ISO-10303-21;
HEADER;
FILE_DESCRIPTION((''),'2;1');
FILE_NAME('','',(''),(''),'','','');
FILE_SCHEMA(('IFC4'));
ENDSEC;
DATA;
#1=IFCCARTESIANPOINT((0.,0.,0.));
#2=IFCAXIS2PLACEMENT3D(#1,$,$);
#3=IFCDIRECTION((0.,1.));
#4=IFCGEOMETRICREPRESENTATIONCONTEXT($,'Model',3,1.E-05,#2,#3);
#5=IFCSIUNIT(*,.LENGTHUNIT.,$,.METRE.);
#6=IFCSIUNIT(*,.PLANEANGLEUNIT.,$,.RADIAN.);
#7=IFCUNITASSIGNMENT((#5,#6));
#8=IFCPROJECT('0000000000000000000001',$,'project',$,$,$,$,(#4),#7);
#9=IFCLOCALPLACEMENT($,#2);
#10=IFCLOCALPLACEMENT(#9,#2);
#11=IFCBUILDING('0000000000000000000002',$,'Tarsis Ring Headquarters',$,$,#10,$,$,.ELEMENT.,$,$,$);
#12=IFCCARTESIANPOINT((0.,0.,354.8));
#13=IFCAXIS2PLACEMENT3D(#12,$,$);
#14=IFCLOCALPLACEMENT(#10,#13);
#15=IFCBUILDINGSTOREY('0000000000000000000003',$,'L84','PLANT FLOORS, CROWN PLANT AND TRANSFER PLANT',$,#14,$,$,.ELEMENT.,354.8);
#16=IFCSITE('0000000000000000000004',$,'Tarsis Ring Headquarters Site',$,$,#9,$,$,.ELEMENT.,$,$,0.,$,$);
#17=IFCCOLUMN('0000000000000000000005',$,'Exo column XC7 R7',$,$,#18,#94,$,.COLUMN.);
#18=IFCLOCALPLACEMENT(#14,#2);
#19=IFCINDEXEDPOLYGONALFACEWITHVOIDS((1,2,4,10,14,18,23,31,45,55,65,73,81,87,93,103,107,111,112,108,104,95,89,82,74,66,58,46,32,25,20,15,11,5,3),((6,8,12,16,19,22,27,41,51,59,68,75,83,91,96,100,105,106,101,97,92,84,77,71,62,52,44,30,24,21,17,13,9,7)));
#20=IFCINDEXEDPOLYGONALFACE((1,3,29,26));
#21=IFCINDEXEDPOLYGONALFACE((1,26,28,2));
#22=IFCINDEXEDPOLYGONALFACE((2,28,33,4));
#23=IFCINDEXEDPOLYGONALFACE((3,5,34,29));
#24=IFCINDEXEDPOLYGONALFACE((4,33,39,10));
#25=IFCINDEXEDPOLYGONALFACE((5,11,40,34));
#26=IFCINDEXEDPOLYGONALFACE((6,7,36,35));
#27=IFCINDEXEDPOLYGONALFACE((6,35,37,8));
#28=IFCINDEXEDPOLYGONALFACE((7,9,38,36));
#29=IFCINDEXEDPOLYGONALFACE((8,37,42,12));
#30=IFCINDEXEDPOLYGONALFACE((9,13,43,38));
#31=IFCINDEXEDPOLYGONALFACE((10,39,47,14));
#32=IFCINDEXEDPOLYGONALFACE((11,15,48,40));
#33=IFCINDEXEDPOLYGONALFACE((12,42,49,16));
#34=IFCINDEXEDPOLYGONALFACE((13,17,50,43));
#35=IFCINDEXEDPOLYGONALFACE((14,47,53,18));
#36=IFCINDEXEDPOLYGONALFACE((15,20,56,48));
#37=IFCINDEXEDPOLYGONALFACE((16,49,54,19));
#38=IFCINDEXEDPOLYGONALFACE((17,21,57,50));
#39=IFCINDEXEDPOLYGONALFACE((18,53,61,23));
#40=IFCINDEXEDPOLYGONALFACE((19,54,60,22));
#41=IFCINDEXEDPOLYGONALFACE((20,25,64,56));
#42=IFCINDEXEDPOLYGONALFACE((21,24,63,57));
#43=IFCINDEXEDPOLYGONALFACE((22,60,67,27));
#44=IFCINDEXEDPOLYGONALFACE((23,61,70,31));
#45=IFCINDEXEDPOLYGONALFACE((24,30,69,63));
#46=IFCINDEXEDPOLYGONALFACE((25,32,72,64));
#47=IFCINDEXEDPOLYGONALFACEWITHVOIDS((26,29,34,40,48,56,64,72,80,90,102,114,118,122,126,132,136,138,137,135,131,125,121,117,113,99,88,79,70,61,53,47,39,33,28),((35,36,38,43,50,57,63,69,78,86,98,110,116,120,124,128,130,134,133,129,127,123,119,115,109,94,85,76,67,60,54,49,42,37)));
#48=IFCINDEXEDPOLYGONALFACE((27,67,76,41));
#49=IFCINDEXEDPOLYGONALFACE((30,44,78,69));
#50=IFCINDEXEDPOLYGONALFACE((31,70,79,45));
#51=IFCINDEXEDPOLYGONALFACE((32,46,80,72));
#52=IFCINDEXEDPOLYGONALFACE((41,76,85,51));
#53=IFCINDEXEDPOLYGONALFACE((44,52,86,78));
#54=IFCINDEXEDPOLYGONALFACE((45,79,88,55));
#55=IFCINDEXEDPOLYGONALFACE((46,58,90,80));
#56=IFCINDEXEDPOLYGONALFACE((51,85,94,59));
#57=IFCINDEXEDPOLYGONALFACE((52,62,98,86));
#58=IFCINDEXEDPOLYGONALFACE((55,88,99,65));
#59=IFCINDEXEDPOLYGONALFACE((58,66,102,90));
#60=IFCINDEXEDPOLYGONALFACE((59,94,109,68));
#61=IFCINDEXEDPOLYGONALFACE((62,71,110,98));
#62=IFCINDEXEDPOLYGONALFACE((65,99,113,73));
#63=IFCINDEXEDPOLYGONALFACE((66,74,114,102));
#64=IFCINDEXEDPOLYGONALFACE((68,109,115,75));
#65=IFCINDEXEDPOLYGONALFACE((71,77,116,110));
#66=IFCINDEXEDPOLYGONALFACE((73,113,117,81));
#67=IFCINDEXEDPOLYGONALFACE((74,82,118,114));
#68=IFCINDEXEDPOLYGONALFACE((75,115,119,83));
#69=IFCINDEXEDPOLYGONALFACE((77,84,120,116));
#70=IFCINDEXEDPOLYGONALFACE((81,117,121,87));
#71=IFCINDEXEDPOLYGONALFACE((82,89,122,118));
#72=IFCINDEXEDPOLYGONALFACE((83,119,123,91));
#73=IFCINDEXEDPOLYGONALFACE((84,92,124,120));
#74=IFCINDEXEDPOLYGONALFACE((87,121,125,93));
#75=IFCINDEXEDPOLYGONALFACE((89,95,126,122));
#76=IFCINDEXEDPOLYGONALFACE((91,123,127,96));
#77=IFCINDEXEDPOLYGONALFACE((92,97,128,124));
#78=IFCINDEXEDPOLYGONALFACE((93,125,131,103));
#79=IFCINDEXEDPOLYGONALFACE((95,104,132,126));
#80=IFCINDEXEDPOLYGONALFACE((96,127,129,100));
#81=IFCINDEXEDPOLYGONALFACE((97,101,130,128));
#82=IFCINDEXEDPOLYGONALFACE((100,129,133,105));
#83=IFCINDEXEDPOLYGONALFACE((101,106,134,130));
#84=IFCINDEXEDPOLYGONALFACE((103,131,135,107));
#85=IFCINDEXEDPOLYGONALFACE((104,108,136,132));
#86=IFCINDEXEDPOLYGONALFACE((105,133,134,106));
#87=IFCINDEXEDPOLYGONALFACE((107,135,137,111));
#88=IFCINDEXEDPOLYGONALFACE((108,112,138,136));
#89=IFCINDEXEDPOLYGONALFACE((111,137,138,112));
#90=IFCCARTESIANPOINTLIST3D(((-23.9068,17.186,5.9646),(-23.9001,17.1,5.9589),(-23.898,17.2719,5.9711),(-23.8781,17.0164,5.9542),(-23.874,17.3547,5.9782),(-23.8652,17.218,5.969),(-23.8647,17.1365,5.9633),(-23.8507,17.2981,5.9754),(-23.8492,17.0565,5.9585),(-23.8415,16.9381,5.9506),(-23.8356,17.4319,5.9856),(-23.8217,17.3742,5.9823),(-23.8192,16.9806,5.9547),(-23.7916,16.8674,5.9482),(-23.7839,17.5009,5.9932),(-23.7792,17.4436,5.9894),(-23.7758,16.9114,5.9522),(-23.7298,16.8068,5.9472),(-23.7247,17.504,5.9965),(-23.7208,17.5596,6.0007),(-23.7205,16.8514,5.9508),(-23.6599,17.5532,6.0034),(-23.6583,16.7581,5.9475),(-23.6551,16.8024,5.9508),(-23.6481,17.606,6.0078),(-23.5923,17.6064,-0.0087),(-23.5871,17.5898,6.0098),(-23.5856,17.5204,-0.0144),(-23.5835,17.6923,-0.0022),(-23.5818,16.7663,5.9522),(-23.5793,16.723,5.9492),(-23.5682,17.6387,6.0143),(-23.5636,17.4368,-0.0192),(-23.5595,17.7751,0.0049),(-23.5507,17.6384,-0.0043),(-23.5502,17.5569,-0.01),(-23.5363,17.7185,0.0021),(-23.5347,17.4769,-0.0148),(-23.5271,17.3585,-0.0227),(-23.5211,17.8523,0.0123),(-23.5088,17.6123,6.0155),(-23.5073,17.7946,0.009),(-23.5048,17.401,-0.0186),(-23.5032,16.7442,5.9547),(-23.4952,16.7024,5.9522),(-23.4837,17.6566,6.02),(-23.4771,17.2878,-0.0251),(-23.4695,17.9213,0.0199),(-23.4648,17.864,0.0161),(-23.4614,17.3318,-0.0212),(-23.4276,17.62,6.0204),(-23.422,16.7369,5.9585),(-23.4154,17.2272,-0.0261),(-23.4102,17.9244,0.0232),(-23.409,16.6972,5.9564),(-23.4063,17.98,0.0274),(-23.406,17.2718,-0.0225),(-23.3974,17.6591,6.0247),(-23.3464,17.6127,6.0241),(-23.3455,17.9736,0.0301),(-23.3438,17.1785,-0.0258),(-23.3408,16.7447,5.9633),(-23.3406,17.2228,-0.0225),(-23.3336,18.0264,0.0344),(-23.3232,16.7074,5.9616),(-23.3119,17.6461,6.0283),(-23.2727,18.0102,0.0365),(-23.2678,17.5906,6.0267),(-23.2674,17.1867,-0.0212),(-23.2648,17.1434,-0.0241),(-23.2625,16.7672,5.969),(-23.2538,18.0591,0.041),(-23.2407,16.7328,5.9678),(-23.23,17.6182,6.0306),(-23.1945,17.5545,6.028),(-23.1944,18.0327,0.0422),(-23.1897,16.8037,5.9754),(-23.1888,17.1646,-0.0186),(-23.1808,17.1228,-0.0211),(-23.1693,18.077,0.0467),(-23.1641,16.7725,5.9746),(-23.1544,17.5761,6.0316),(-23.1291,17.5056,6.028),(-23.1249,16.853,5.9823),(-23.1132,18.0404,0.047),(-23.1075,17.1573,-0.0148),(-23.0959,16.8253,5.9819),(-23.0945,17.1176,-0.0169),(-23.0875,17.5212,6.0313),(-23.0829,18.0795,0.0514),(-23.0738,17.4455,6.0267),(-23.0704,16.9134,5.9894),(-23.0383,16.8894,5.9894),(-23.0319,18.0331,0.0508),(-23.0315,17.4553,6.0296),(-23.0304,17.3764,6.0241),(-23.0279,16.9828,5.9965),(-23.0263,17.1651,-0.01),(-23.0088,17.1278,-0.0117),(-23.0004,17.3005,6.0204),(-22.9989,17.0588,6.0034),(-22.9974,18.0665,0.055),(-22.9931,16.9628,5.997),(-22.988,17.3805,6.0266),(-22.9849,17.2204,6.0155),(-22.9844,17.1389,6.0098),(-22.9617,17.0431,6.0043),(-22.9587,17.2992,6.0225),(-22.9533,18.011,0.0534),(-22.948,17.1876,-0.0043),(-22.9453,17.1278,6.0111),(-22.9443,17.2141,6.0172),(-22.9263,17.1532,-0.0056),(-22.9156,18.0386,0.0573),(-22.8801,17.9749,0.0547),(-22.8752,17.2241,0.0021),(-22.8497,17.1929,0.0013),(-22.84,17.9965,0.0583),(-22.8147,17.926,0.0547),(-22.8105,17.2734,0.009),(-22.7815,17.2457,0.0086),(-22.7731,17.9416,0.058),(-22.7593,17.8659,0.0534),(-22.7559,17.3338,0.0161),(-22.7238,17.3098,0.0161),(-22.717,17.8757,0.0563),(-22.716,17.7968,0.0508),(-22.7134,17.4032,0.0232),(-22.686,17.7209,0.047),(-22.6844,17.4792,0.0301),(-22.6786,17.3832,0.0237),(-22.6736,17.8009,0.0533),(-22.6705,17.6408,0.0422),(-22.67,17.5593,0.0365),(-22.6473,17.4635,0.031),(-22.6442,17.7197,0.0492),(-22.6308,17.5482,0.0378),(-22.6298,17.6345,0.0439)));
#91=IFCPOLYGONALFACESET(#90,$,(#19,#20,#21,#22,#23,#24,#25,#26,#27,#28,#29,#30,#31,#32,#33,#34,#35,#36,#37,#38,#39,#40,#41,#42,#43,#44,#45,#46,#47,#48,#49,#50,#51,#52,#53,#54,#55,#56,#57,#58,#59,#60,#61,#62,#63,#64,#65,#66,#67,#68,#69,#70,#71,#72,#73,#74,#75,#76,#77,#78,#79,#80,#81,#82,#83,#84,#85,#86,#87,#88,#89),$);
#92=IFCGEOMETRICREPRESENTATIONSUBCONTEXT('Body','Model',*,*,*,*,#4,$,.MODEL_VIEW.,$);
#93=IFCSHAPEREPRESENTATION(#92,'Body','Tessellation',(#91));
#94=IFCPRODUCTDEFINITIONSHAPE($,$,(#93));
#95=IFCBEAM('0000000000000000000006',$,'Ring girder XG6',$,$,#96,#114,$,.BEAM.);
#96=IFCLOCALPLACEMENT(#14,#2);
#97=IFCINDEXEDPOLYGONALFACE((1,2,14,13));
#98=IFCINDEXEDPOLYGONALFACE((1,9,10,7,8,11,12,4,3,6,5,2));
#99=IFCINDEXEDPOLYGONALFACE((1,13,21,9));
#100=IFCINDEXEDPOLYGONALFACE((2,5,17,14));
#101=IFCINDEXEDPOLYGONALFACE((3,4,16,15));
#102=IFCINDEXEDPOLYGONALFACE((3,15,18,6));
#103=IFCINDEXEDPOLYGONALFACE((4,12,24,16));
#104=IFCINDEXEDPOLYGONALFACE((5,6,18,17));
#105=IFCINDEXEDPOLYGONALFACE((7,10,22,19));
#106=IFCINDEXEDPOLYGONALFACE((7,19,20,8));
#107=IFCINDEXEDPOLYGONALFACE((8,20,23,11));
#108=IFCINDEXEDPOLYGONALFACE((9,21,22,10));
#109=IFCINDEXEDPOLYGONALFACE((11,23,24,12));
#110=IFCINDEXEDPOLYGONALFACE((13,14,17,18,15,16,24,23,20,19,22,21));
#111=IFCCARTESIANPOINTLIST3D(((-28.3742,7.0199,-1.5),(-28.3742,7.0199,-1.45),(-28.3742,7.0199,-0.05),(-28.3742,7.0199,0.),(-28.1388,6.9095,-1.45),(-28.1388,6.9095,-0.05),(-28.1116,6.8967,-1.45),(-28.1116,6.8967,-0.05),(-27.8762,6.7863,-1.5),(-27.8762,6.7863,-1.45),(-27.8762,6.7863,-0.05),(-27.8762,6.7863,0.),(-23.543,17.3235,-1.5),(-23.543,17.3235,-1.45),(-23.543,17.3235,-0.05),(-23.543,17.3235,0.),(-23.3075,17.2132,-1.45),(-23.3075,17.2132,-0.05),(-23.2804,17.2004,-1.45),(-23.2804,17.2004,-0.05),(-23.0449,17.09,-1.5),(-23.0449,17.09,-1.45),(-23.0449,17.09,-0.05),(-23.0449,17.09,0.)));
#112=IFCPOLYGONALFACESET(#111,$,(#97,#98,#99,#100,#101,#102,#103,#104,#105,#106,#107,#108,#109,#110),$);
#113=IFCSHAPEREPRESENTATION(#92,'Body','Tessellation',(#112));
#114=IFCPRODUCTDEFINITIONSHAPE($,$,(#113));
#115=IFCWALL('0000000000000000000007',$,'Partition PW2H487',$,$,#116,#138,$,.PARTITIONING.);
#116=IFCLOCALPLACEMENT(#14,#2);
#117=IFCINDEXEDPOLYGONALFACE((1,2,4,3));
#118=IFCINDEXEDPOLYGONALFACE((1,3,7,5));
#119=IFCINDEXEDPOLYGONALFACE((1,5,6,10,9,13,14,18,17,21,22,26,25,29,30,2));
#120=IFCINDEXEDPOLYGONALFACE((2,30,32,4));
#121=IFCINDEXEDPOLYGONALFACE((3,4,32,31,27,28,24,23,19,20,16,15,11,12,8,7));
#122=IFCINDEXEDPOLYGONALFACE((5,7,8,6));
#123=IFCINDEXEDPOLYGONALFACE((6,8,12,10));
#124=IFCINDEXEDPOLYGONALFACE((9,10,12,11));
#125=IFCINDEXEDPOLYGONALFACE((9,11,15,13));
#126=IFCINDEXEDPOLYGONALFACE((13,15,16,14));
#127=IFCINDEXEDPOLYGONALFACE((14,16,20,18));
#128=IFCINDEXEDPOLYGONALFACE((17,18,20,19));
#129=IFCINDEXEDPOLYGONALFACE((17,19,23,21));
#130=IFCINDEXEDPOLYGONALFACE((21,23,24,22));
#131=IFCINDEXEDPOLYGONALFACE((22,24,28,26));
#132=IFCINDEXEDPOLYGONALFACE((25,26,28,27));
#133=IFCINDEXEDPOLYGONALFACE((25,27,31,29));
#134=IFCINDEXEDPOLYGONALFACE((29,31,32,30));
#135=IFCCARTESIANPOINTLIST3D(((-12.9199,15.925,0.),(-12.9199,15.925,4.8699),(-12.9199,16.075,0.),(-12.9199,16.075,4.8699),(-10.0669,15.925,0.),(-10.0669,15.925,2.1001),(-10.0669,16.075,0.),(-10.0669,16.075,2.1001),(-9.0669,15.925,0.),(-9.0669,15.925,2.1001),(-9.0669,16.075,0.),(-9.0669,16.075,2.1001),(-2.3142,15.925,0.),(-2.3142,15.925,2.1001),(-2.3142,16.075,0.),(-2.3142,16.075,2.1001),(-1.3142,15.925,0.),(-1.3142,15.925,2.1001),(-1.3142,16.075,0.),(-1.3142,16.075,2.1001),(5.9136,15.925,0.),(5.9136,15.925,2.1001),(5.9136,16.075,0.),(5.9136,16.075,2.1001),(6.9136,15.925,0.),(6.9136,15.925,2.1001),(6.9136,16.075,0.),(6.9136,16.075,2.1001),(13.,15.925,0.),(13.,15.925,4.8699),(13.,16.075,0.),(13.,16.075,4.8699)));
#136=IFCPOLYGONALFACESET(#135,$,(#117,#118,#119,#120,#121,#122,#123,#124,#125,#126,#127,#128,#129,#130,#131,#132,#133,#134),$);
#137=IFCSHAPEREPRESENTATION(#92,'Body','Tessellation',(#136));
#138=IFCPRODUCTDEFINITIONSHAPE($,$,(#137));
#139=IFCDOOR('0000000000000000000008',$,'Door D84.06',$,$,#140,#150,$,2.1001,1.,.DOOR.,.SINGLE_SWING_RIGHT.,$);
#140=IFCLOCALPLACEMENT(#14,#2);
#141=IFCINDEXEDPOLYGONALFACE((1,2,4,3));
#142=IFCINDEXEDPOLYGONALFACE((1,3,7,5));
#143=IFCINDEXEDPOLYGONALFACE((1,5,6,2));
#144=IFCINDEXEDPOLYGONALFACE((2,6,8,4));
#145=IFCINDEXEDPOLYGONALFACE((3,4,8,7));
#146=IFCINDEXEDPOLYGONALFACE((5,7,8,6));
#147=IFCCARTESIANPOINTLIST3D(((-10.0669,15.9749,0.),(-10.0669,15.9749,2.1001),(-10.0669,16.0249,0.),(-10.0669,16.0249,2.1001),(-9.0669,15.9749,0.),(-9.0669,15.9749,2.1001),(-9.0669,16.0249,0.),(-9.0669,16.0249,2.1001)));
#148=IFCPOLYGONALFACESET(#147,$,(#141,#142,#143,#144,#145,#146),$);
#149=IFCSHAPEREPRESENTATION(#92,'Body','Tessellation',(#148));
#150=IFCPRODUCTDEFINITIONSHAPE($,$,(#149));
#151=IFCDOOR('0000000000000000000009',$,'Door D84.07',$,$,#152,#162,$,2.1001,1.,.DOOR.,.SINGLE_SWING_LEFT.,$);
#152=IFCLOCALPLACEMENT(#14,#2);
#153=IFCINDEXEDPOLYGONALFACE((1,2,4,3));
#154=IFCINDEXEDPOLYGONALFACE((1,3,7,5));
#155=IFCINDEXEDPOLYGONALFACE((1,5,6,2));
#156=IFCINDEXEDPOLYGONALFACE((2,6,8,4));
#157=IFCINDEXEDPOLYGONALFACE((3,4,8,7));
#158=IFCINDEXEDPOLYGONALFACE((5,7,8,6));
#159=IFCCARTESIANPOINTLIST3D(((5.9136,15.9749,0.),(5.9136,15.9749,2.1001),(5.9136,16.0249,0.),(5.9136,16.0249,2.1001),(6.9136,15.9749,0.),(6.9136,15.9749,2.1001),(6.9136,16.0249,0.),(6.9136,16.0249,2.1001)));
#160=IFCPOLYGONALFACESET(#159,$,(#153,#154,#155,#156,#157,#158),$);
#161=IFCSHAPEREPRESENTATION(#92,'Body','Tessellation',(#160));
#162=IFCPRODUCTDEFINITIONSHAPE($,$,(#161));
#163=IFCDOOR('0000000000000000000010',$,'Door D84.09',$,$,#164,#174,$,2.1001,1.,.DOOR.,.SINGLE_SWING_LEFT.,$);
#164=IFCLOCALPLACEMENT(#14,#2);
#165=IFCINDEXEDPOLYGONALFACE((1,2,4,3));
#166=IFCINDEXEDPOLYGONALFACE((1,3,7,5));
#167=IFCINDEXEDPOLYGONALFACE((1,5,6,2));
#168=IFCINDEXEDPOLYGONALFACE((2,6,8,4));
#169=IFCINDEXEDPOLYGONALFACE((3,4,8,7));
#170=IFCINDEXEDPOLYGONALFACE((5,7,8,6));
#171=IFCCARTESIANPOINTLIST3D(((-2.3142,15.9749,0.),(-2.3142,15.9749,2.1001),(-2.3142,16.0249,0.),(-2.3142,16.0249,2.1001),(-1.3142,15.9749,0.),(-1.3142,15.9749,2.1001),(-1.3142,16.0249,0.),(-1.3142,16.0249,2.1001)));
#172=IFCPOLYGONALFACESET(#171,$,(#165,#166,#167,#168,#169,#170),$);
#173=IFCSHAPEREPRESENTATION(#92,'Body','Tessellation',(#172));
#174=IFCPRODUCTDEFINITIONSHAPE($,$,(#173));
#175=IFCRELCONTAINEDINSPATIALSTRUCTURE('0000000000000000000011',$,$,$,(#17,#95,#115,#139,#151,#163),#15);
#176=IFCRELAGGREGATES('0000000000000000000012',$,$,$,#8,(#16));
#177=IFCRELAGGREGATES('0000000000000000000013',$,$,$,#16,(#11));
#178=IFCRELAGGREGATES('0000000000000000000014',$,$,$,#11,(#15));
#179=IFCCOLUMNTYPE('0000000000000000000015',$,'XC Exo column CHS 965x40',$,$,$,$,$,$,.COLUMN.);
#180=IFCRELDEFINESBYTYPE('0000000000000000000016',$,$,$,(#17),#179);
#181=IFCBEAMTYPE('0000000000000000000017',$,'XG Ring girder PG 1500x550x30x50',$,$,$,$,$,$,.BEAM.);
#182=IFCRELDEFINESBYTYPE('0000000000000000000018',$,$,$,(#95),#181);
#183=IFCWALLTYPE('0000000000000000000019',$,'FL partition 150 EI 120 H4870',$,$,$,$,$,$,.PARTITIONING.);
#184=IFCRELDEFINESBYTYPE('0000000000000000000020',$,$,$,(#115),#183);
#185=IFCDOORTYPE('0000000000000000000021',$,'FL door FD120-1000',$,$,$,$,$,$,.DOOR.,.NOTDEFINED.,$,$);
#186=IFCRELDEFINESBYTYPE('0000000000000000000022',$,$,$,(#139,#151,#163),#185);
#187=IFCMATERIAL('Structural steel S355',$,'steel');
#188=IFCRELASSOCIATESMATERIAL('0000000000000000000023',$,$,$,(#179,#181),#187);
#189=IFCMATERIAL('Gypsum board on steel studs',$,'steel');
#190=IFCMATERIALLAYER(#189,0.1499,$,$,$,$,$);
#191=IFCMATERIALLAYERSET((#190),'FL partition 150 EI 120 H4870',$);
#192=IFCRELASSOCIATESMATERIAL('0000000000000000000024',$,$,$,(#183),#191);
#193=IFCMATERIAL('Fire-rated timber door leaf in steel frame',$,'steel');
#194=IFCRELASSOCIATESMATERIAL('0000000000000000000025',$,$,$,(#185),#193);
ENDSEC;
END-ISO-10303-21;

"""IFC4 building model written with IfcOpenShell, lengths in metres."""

from ifc_helpers import new_model, si_unit, direction, frame, frame_2d, origin, origin_2d, place, context, subcontext, project, spatial, rectangle, hollow_circle, i_section, extrude, material, layer, layer_set, material_profile, profile_set, type_object, element, fill, save


model = new_model("IFC4")

# Units and contexts
model_context = context("Model", 3, precision=1e-05, world=origin(), true_north=direction((0.0, 1.0)))
body_context = subcontext(model_context, "Body", "Model", "MODEL_VIEW")
ifc_project = project(units=[si_unit("LENGTHUNIT", "METRE"), si_unit("PLANEANGLEUNIT", "RADIAN")], contexts=[model_context])

# Site, building, storey
site_placement = place(None, origin())
site = spatial("IfcSite", under=ifc_project, at=site_placement, Name="Tarsis Ring Headquarters Site", CompositionType="ELEMENT", RefElevation=0.0)
building_placement = place(site_placement, origin())
building = spatial("IfcBuilding", under=site, at=building_placement, Name="Tarsis Ring Headquarters", CompositionType="ELEMENT")
storey_placement = place(building_placement, frame((0.0, 0.0, 354.8)))
storey = spatial("IfcBuildingStorey", under=building, at=storey_placement, Name="L84", Description="PLANT FLOORS, CROWN PLANT AND TRANSFER PLANT", CompositionType="ELEMENT", Elevation=354.8)

# Column
ifc_material_1 = material(Name="Structural steel S355", Category="steel")
ifc_material_profile_1 = material_profile(ifc_material_1, hollow_circle(Radius=0.4827, WallThickness=0.04, at=origin_2d()), Name="CHS 965x40")
ifc_profile_set_1 = profile_set([ifc_material_profile_1], Name="Structural steel S355")
column_type = type_object("IfcColumnType", Name="XC Exo column CHS 965x40", PredefinedType="COLUMN", material=ifc_profile_set_1)
column_placement = place(storey_placement, frame((-23.1104, 17.5989, 0.0161), z_axis=(-0.05244, -0.07011, 0.99616), x_axis=(0.800781, -0.598958, 0.0)))
element("IfcColumn", 1, at=column_placement, inside=storey, type_object=column_type, Name="Exo column XC7 R7", PredefinedType="COLUMN", context=body_context, shape_type="SweptSolid", body=[
    extrude(hollow_circle(Radius=0.4827, WallThickness=0.04, at=origin_2d()), origin(), (0.0, 0.0, 1.0), 5.9963),
])

# Beam
ifc_material_profile_2 = material_profile(ifc_material_1, i_section(OverallWidth=0.55, OverallDepth=1.5, WebThickness=0.03, FlangeThickness=0.05, at=origin_2d()), Name="PG 1500x550x30x50")
ifc_profile_set_2 = profile_set([ifc_material_profile_2], Name="Structural steel S355")
beam_type = type_object("IfcBeamType", Name="XG Ring girder PG 1500x550x30x50", PredefinedType="BEAM", material=ifc_profile_set_2)
beam_placement = place(storey_placement, frame((-23.2939, 17.2068, -0.75), z_axis=(-0.424537, -0.90541, 0.0), x_axis=(0.90541, -0.424537, 0.0)))
element("IfcBeam", 2, at=beam_placement, inside=storey, type_object=beam_type, Name="Ring girder XG6", PredefinedType="BEAM", context=body_context, shape_type="SweptSolid", body=[
    extrude(i_section(OverallWidth=0.55, OverallDepth=1.5, WebThickness=0.03, FlangeThickness=0.05, at=origin_2d()), origin(), (0.0, 0.0, 1.0), 11.3801),
])

# Wall, openings, doors
ifc_material_2 = material(Name="Gypsum board on steel studs", Category="steel")
ifc_layer = layer(ifc_material_2, 0.1499)
ifc_layer_set = layer_set([ifc_layer], Name="FL partition 150 EI 120 H4870")
wall_type = type_object("IfcWallType", Name="FL partition 150 EI 120 H4870", PredefinedType="PARTITIONING", material=ifc_layer_set)
wall_1_placement = place(storey_placement, frame((-12.9199, 16.0, 0.0), z_axis=(0.0, 0.0, 1.0), x_axis=(1.0, 0.0, 0.0)))
wall_1 = element("IfcWall", 3, at=wall_1_placement, inside=storey, type_object=wall_type, Name="Partition PW2H487", PredefinedType="PARTITIONING", context=body_context, shape_type="SweptSolid", body=[
    extrude(rectangle(XDim=25.9199, YDim=0.1499, at=frame_2d((12.96, 0.0))), origin(), (0.0, 0.0, 1.0), 4.8699),
])
opening_1_placement = place(wall_1_placement, frame((2.853, 0.0, 0.0)))
opening_1 = element("IfcOpeningElement", 4, at=opening_1_placement, cuts=wall_1, PredefinedType="OPENING", context=body_context, shape_type="SweptSolid", body=[
    extrude(rectangle(XDim=1.0, YDim=2.1001, at=frame_2d((0.5, 1.05))), frame((0.0, 0.085, 0.0), z_axis=(0.0, -1.0, 0.0), x_axis=(1.0, 0.0, 0.0)), (0.0, 0.0, 1.0), 0.1699),
])
opening_2_placement = place(wall_1_placement, frame((18.8335, 0.0, 0.0)))
opening_2 = element("IfcOpeningElement", 5, at=opening_2_placement, cuts=wall_1, PredefinedType="OPENING", context=body_context, shape_type="SweptSolid", body=[
    extrude(rectangle(XDim=1.0, YDim=2.1001, at=frame_2d((0.5, 1.05))), frame((0.0, 0.085, 0.0), z_axis=(0.0, -1.0, 0.0), x_axis=(1.0, 0.0, 0.0)), (0.0, 0.0, 1.0), 0.1699),
])
opening_3_placement = place(wall_1_placement, frame((10.6057, 0.0, 0.0)))
opening_3 = element("IfcOpeningElement", 6, at=opening_3_placement, cuts=wall_1, PredefinedType="OPENING", context=body_context, shape_type="SweptSolid", body=[
    extrude(rectangle(XDim=1.0, YDim=2.1001, at=frame_2d((0.5, 1.05))), frame((0.0, 0.085, 0.0), z_axis=(0.0, -1.0, 0.0), x_axis=(1.0, 0.0, 0.0)), (0.0, 0.0, 1.0), 0.1699),
])
ifc_material_3 = material(Name="Fire-rated timber door leaf in steel frame", Category="steel")
door_type = type_object("IfcDoorType", Name="FL door FD120-1000", OperationType="NOTDEFINED", PredefinedType="DOOR", material=ifc_material_3)
door_1_placement = place(opening_1_placement, origin())
door_1 = element("IfcDoor", 7, at=door_1_placement, inside=storey, type_object=door_type, Name="Door D84.06", OperationType="SINGLE_SWING_RIGHT", OverallHeight=2.1001, OverallWidth=1.0, PredefinedType="DOOR", context=body_context, shape_type="SweptSolid", body=[
    extrude(rectangle(XDim=1.0, YDim=2.1001, at=frame_2d((0.5, 1.05))), frame((0.0, 0.0249, 0.0), z_axis=(0.0, -1.0, 0.0), x_axis=(1.0, 0.0, 0.0)), (0.0, 0.0, 1.0), 0.05),
])
fill(opening_1, door_1)
door_2_placement = place(opening_2_placement, origin())
door_2 = element("IfcDoor", 8, at=door_2_placement, inside=storey, type_object=door_type, Name="Door D84.07", OperationType="SINGLE_SWING_LEFT", OverallHeight=2.1001, OverallWidth=1.0, PredefinedType="DOOR", context=body_context, shape_type="SweptSolid", body=[
    extrude(rectangle(XDim=1.0, YDim=2.1001, at=frame_2d((0.5, 1.05))), frame((0.0, 0.0249, 0.0), z_axis=(0.0, -1.0, 0.0), x_axis=(1.0, 0.0, 0.0)), (0.0, 0.0, 1.0), 0.05),
])
fill(opening_2, door_2)
door_3_placement = place(opening_3_placement, origin())
door_3 = element("IfcDoor", 9, at=door_3_placement, inside=storey, type_object=door_type, Name="Door D84.09", OperationType="SINGLE_SWING_LEFT", OverallHeight=2.1001, OverallWidth=1.0, PredefinedType="DOOR", context=body_context, shape_type="SweptSolid", body=[
    extrude(rectangle(XDim=1.0, YDim=2.1001, at=frame_2d((0.5, 1.05))), frame((0.0, 0.0249, 0.0), z_axis=(0.0, -1.0, 0.0), x_axis=(1.0, 0.0, 0.0)), (0.0, 0.0, 1.0), 0.05),
])
fill(opening_3, door_3)

save(model, "model.ifc")
